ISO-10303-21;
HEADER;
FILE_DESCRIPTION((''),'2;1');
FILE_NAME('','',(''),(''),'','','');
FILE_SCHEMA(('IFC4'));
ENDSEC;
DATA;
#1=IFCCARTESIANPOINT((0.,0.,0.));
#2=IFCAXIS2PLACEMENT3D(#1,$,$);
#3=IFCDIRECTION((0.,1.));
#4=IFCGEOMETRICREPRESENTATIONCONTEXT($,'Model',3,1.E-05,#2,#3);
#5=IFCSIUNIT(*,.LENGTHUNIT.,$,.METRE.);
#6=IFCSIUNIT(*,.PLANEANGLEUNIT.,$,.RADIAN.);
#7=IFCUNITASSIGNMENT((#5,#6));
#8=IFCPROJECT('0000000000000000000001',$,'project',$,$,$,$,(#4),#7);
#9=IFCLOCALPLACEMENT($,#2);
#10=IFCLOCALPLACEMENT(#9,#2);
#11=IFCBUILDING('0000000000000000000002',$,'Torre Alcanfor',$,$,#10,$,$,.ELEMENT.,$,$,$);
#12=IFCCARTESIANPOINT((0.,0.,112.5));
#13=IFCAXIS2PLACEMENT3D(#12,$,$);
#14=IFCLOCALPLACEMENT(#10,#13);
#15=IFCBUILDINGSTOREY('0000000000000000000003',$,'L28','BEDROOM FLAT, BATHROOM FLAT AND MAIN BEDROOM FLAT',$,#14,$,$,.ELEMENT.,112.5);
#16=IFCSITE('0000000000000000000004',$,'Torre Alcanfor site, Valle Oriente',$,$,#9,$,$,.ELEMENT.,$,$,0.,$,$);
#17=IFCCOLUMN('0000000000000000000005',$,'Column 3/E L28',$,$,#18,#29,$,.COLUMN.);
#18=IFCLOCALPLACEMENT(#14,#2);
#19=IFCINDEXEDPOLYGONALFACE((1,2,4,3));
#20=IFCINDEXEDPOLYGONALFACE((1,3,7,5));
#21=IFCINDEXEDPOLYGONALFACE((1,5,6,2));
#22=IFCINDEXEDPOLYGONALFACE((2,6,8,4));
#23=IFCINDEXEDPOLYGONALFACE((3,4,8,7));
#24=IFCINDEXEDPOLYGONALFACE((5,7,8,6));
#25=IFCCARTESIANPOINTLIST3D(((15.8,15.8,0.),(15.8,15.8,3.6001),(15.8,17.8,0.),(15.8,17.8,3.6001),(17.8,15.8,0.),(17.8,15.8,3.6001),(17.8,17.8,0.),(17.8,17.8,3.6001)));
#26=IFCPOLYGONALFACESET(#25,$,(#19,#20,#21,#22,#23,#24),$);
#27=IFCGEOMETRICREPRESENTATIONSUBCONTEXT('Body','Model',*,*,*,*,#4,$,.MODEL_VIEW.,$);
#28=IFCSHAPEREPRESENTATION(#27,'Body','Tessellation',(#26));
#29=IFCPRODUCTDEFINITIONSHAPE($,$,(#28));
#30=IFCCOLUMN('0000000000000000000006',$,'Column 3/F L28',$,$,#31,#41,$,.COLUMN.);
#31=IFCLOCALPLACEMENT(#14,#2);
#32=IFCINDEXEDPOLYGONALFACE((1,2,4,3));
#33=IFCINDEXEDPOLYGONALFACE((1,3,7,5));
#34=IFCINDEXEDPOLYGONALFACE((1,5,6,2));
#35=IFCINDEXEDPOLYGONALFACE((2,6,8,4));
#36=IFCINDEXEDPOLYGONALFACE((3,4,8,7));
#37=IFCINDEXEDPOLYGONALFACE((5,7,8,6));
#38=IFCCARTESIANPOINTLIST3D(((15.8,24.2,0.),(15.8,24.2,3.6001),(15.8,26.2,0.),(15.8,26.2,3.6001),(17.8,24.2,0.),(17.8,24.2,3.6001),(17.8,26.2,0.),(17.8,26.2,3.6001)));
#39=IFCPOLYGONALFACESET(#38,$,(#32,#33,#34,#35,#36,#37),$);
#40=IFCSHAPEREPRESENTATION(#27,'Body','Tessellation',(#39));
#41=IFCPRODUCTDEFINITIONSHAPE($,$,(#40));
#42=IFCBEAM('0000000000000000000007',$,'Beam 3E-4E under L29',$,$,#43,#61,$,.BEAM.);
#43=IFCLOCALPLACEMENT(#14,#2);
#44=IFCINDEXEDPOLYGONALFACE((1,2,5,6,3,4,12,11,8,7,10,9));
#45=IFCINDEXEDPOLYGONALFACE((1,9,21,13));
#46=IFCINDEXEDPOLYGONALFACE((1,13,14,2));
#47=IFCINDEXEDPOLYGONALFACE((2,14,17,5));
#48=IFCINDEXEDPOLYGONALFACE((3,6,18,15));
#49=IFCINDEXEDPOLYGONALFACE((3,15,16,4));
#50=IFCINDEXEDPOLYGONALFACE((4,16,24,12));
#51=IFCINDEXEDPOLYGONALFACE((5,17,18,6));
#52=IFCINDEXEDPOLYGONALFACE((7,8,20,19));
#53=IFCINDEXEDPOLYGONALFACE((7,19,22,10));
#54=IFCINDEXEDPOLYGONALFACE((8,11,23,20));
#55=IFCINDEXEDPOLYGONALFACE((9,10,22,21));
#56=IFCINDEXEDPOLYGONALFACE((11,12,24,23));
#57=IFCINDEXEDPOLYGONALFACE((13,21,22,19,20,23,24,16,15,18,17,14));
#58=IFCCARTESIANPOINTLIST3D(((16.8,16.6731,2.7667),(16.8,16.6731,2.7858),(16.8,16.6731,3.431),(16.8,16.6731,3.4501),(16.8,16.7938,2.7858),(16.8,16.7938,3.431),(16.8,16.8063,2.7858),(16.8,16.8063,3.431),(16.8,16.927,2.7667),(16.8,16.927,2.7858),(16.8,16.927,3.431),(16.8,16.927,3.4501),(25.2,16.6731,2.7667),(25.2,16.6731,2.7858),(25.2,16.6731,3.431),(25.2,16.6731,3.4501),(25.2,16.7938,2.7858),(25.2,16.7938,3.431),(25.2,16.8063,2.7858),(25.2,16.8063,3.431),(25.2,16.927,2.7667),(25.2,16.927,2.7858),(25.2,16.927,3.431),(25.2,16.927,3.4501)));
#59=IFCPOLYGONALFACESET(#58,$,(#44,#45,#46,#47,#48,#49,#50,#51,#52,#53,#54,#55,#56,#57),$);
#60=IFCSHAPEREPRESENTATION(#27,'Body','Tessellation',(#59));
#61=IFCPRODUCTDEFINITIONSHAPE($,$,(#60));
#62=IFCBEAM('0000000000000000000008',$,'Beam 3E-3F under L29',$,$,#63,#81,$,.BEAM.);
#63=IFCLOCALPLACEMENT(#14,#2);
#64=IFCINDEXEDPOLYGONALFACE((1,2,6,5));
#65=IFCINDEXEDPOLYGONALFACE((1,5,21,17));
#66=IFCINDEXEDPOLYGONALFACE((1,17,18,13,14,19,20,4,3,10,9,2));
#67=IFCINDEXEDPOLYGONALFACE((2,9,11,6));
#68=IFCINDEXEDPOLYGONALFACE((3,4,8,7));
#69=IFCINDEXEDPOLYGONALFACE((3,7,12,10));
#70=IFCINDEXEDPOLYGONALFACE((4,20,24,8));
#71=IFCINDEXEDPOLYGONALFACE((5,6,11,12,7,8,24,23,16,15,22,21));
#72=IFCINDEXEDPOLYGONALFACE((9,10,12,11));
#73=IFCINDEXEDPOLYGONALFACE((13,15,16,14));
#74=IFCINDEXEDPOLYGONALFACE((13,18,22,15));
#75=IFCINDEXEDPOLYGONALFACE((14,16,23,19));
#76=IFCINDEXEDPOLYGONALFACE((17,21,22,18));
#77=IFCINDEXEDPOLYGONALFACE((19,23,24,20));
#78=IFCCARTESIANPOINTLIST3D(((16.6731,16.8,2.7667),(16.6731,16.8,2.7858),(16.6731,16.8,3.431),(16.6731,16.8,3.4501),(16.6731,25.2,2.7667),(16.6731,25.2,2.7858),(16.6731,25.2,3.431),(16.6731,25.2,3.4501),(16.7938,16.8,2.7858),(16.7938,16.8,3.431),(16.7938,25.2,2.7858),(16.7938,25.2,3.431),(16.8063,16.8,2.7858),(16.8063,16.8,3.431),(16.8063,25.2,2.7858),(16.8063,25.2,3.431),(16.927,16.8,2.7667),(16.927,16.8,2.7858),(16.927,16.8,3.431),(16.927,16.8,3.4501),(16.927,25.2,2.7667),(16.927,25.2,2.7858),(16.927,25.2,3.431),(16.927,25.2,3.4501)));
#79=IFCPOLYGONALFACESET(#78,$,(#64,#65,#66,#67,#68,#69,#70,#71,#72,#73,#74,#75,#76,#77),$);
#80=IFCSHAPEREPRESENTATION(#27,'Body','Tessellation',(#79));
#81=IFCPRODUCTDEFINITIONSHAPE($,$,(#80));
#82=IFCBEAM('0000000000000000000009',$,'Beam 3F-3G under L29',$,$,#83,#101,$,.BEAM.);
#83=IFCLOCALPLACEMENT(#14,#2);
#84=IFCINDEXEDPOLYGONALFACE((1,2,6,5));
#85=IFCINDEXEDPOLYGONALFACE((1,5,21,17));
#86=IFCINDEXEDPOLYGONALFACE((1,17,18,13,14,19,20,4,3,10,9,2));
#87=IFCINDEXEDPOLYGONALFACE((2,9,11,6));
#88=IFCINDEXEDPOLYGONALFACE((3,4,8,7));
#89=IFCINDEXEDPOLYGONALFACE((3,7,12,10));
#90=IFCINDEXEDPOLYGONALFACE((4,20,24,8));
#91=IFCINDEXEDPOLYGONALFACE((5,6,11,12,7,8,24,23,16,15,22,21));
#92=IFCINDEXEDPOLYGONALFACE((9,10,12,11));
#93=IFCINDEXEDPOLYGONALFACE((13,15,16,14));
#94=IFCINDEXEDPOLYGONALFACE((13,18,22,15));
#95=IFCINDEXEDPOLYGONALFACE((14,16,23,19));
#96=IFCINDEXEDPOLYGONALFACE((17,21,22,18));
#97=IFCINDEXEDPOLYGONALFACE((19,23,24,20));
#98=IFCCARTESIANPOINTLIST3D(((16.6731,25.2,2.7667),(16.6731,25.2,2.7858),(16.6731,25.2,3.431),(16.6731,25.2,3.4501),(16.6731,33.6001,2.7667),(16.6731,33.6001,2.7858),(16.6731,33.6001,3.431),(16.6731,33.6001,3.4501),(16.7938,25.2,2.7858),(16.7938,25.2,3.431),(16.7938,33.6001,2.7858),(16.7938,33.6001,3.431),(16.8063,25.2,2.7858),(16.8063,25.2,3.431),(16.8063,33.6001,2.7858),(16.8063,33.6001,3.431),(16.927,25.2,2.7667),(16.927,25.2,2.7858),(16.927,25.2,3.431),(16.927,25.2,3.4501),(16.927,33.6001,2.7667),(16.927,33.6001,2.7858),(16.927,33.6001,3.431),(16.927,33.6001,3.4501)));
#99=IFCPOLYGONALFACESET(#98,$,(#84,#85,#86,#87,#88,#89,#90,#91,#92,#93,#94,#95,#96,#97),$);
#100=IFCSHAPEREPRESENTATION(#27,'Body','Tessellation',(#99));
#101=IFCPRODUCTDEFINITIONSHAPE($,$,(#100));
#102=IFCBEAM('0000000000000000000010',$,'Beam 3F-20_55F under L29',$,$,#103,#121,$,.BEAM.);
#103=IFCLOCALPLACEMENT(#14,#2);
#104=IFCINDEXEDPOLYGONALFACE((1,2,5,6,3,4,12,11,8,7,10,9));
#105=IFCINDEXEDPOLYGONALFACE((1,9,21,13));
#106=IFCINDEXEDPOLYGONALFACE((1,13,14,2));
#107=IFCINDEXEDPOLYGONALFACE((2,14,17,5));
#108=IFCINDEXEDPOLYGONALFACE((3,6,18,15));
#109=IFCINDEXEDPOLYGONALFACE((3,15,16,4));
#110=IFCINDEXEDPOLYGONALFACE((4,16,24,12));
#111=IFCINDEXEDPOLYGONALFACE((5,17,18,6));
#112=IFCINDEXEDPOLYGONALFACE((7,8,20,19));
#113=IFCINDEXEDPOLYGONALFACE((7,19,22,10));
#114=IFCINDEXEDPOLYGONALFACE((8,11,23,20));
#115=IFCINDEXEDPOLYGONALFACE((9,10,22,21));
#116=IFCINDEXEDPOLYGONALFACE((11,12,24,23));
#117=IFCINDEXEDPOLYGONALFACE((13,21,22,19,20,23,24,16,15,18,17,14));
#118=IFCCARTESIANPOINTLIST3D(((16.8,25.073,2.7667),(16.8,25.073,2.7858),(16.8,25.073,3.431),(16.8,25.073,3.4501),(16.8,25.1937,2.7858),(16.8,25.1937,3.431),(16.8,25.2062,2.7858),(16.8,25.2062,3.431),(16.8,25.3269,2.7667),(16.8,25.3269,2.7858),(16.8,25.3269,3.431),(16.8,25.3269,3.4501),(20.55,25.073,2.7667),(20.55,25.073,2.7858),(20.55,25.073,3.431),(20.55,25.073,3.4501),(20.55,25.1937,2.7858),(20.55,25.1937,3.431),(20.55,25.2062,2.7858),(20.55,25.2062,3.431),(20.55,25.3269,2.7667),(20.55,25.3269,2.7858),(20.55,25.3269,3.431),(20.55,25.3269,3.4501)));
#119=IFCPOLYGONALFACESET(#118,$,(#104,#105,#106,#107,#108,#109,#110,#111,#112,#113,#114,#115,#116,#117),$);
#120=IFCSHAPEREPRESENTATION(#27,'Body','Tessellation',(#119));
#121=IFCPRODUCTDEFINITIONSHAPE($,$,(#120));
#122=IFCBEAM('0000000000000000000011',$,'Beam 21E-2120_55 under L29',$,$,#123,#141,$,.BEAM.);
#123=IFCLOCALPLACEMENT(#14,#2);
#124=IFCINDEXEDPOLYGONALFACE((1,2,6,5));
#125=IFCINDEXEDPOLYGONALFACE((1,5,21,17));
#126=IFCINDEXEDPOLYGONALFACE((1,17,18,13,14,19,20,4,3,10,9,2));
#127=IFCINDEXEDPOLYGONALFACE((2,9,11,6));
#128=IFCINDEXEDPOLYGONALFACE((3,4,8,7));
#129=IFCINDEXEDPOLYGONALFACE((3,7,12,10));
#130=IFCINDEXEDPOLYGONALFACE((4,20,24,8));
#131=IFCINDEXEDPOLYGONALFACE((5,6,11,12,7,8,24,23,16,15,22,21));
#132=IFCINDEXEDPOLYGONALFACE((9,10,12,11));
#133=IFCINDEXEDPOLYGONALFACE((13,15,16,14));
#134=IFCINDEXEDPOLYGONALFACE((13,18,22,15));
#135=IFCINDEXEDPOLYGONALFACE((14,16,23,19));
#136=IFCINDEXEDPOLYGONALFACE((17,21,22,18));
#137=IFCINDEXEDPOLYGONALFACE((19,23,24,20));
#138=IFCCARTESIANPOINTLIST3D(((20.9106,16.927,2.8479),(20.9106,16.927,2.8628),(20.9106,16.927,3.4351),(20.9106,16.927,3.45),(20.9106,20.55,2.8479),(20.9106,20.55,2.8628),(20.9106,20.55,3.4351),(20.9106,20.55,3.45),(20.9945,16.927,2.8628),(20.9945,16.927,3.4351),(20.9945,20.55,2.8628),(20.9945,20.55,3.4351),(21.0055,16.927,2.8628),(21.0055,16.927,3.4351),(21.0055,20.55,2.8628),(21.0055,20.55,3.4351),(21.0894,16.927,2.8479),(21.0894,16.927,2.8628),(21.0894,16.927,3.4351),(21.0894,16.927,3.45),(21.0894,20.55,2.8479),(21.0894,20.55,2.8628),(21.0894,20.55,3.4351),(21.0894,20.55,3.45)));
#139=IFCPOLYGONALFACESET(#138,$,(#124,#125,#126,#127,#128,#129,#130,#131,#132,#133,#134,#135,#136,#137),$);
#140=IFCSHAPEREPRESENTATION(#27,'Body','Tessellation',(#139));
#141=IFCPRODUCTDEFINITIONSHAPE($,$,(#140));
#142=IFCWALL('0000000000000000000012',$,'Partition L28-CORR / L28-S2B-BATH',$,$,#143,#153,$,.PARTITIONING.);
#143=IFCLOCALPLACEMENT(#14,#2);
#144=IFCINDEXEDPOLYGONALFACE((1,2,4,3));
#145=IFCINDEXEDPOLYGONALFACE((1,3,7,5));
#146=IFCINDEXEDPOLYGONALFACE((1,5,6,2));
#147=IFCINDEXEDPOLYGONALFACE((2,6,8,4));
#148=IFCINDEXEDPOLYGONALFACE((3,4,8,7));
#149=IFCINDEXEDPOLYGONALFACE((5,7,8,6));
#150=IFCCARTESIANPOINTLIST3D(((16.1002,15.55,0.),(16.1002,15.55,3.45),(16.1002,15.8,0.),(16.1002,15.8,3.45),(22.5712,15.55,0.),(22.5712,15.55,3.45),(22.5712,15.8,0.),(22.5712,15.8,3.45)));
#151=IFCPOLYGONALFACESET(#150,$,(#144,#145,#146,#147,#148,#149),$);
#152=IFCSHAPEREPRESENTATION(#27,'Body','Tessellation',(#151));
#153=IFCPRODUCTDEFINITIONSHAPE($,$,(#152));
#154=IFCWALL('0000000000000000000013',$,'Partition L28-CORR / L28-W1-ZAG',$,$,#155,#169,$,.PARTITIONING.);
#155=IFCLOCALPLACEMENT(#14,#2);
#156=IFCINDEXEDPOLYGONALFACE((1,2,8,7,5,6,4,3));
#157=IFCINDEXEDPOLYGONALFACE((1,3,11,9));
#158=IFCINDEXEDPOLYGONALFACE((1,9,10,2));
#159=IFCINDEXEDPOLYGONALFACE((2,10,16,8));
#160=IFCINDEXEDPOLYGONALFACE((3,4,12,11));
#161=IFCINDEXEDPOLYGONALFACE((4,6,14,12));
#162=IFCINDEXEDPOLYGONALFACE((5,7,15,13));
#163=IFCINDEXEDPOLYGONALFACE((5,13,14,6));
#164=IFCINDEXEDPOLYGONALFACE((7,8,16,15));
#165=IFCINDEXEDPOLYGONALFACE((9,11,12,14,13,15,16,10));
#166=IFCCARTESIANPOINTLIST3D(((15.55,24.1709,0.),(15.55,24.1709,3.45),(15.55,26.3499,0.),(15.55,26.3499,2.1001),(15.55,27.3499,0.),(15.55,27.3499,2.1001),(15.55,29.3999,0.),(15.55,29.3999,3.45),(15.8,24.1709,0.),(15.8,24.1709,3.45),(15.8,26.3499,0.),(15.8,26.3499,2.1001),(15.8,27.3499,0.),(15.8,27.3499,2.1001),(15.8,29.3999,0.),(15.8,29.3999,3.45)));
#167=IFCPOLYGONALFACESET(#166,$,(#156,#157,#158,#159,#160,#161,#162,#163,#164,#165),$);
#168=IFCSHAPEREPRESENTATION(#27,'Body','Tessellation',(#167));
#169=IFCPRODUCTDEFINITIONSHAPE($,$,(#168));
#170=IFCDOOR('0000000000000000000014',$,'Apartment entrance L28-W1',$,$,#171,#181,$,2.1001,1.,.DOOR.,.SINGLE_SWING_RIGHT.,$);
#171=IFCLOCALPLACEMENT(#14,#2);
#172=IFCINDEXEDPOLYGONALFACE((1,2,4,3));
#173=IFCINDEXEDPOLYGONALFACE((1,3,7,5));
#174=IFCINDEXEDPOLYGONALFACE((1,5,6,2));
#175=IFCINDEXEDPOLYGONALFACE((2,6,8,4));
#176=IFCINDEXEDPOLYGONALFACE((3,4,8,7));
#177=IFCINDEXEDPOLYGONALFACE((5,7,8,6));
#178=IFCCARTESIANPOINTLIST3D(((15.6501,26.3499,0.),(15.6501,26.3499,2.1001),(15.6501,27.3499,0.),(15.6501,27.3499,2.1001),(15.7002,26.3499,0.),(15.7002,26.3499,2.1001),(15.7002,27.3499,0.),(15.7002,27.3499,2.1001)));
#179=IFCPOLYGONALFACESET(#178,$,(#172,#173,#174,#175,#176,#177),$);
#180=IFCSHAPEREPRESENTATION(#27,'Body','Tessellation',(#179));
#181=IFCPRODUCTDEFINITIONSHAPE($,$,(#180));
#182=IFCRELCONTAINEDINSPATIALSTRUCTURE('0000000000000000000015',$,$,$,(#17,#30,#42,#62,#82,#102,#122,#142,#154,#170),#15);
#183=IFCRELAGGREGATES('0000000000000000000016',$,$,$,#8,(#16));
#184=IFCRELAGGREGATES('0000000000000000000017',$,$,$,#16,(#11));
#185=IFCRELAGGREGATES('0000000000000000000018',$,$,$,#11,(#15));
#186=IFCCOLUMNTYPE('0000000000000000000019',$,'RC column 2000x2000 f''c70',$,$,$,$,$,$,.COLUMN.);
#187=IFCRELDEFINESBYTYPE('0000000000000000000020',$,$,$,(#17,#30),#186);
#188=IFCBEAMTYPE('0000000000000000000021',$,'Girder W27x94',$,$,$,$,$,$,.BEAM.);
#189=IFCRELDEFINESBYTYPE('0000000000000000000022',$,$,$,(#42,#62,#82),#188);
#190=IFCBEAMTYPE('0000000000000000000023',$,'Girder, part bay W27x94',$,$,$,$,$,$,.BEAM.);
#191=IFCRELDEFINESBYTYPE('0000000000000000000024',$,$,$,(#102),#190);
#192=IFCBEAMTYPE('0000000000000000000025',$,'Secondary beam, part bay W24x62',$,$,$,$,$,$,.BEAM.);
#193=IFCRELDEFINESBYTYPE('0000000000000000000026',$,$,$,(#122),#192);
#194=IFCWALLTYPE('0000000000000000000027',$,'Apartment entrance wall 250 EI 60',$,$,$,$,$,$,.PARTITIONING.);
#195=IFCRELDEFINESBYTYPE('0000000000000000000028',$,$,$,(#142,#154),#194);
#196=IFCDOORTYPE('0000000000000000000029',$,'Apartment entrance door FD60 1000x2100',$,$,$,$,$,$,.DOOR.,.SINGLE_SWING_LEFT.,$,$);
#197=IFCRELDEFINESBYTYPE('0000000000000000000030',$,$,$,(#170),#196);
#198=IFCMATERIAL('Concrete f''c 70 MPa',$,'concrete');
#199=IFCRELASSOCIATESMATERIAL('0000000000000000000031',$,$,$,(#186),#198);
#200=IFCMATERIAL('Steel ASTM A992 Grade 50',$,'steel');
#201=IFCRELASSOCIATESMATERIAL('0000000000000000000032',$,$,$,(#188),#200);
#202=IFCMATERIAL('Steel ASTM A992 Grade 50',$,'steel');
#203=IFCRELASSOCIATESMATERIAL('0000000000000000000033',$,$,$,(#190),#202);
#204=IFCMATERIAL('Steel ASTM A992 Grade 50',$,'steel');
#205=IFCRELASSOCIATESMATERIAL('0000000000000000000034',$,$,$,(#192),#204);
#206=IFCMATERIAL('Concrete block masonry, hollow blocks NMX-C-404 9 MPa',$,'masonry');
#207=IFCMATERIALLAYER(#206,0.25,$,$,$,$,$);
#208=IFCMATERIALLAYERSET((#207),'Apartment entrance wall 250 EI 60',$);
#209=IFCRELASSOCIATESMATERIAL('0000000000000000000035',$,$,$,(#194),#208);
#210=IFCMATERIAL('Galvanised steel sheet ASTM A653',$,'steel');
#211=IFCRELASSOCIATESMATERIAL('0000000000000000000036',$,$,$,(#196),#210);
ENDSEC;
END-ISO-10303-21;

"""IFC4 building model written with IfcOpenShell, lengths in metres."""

from ifc_helpers import new_model, si_unit, direction, frame, frame_2d, origin, origin_2d, place, context, subcontext, project, spatial, rectangle, i_section, extrude, material, layer, layer_set, material_profile, profile_set, type_object, element, fill, save


model = new_model("IFC4")

# Units and contexts
model_context = context("Model", 3, precision=1e-05, world=origin(), true_north=direction((0.0, 1.0)))
body_context = subcontext(model_context, "Body", "Model", "MODEL_VIEW")
ifc_project = project(units=[si_unit("LENGTHUNIT", "METRE"), si_unit("PLANEANGLEUNIT", "RADIAN")], contexts=[model_context])

# Site, building, storey
site_placement = place(None, origin())
site = spatial("IfcSite", under=ifc_project, at=site_placement, Name="Torre Alcanfor site, Valle Oriente", CompositionType="ELEMENT", RefElevation=0.0)
building_placement = place(site_placement, origin())
building = spatial("IfcBuilding", under=site, at=building_placement, Name="Torre Alcanfor", CompositionType="ELEMENT")
storey_placement = place(building_placement, frame((0.0, 0.0, 112.5)))
storey = spatial("IfcBuildingStorey", under=building, at=storey_placement, Name="L28", Description="BEDROOM FLAT, BATHROOM FLAT AND MAIN BEDROOM FLAT", CompositionType="ELEMENT", Elevation=112.5)

# Columns
ifc_material_1 = material(Name="Concrete f'c 70 MPa", Category="concrete")
ifc_material_profile_1 = material_profile(ifc_material_1, rectangle(XDim=2.0, YDim=2.0, at=origin_2d()), Name="2000x2000")
ifc_profile_set_1 = profile_set([ifc_material_profile_1], Name="Concrete f'c 70 MPa")
column_type = type_object("IfcColumnType", Name="RC column 2000x2000 f'c70", PredefinedType="COLUMN", material=ifc_profile_set_1)
for number, where, z_axis, x_axis, name in (
    (1, (16.8, 16.8, 0.0), (0.0, 0.0, 1.0), (1.0, 0.0, 0.0), "Column 3/E L28"),
    (2, (16.8, 25.2, 0.0), (0.0, 0.0, 1.0), (1.0, 0.0, 0.0), "Column 3/F L28"),
):
    element("IfcColumn", number, at=place(storey_placement, frame(where, z_axis=z_axis, x_axis=x_axis)), inside=storey, type_object=column_type, Name=name, PredefinedType="COLUMN", context=body_context, shape_type="SweptSolid", body=[
        extrude(rectangle(XDim=2.0, YDim=2.0, at=origin_2d()), origin(), (0.0, 0.0, 1.0), 3.6001),
    ])

# Beams
ifc_material_2 = material(Name="Steel ASTM A992 Grade 50", Category="steel")
ifc_material_profile_2 = material_profile(ifc_material_2, i_section(OverallWidth=0.2539, OverallDepth=0.6833, WebThickness=0.0125, FlangeThickness=0.019, at=origin_2d()), Name="W27x94")
ifc_profile_set_2 = profile_set([ifc_material_profile_2], Name="Steel ASTM A992 Grade 50")
beam_type_1 = type_object("IfcBeamType", Name="Girder W27x94", PredefinedType="BEAM", material=ifc_profile_set_2)
for number, where, z_axis, x_axis, name in (
    (3, (16.8, 16.8, 3.1084), (1.0, 0.0, 0.0), (0.0, 1.0, 0.0), "Beam 3E-4E under L29"),
    (4, (16.8, 16.8, 3.1084), (0.0, 1.0, 0.0), (-1.0, 0.0, 0.0), "Beam 3E-3F under L29"),
):
    element("IfcBeam", number, at=place(storey_placement, frame(where, z_axis=z_axis, x_axis=x_axis)), inside=storey, type_object=beam_type_1, Name=name, PredefinedType="BEAM", context=body_context, shape_type="SweptSolid", body=[
        extrude(i_section(OverallWidth=0.2539, OverallDepth=0.6833, WebThickness=0.0125, FlangeThickness=0.019, at=origin_2d()), origin(), (0.0, 0.0, 1.0), 8.3999),
    ])
beam_1_placement = place(storey_placement, frame((16.8, 25.2, 3.1084), z_axis=(0.0, 1.0, 0.0), x_axis=(-1.0, 0.0, 0.0)))
element("IfcBeam", 5, at=beam_1_placement, inside=storey, type_object=beam_type_1, Name="Beam 3F-3G under L29", PredefinedType="BEAM", context=body_context, shape_type="SweptSolid", body=[
    extrude(i_section(OverallWidth=0.2539, OverallDepth=0.6833, WebThickness=0.0125, FlangeThickness=0.019, at=origin_2d()), origin(), (0.0, 0.0, 1.0), 8.4001),
])
ifc_material_3 = material(Name="Steel ASTM A992 Grade 50", Category="steel")
ifc_material_profile_3 = material_profile(ifc_material_3, i_section(OverallWidth=0.2539, OverallDepth=0.6833, WebThickness=0.0125, FlangeThickness=0.019, at=origin_2d()), Name="W27x94")
ifc_profile_set_3 = profile_set([ifc_material_profile_3], Name="Steel ASTM A992 Grade 50")
beam_type_2 = type_object("IfcBeamType", Name="Girder, part bay W27x94", PredefinedType="BEAM", material=ifc_profile_set_3)
beam_2_placement = place(storey_placement, frame((16.8, 25.2, 3.1084), z_axis=(1.0, 0.0, 0.0), x_axis=(0.0, 1.0, 0.0)))
element("IfcBeam", 6, at=beam_2_placement, inside=storey, type_object=beam_type_2, Name="Beam 3F-20_55F under L29", PredefinedType="BEAM", context=body_context, shape_type="SweptSolid", body=[
    extrude(i_section(OverallWidth=0.2539, OverallDepth=0.6833, WebThickness=0.0125, FlangeThickness=0.019, at=origin_2d()), origin(), (0.0, 0.0, 1.0), 3.75),
])
ifc_material_4 = material(Name="Steel ASTM A992 Grade 50", Category="steel")
ifc_material_profile_4 = material_profile(ifc_material_4, i_section(OverallWidth=0.1787, OverallDepth=0.6021, WebThickness=0.011, FlangeThickness=0.0149, at=origin_2d()), Name="W24x62")
ifc_profile_set_4 = profile_set([ifc_material_profile_4], Name="Steel ASTM A992 Grade 50")
beam_type_3 = type_object("IfcBeamType", Name="Secondary beam, part bay W24x62", PredefinedType="BEAM", material=ifc_profile_set_4)
beam_3_placement = place(storey_placement, frame((21.0, 16.927, 3.1489), z_axis=(0.0, 1.0, 0.0), x_axis=(-1.0, 0.0, 0.0)))
element("IfcBeam", 7, at=beam_3_placement, inside=storey, type_object=beam_type_3, Name="Beam 21E-2120_55 under L29", PredefinedType="BEAM", context=body_context, shape_type="SweptSolid", body=[
    extrude(i_section(OverallWidth=0.1787, OverallDepth=0.6021, WebThickness=0.011, FlangeThickness=0.0149, at=origin_2d()), origin(), (0.0, 0.0, 1.0), 3.623),
])

# Wall
ifc_material_5 = material(Name="Concrete block masonry, hollow blocks NMX-C-404 9 MPa", Category="masonry")
ifc_layer_1 = layer(ifc_material_5, 0.25)
ifc_layer_set_1 = layer_set([ifc_layer_1], Name="Apartment entrance wall 250 EI 60")
wall_type_1 = type_object("IfcWallType", Name="Apartment entrance wall 250 EI 60", PredefinedType="PARTITIONING", material=ifc_layer_set_1)
wall_1_placement = place(storey_placement, frame((22.571, 15.675, 0.0), z_axis=(0.0, 0.0, 1.0), x_axis=(-1.0, 0.0, 0.0)))
element("IfcWall", 8, at=wall_1_placement, inside=storey, type_object=wall_type_1, Name="Partition L28-CORR / L28-S2B-BATH", PredefinedType="PARTITIONING", context=body_context, shape_type="SweptSolid", body=[
    extrude(rectangle(XDim=6.4709, YDim=0.25, at=frame_2d((3.2354, 0.0))), origin(), (0.0, 0.0, 1.0), 3.45),
])

# Wall, opening, door
wall_2_placement = place(storey_placement, frame((15.675, 24.1709, 0.0), z_axis=(0.0, 0.0, 1.0), x_axis=(0.0, 1.0, 0.0)))
wall_2 = element("IfcWall", 9, at=wall_2_placement, inside=storey, type_object=wall_type_1, Name="Partition L28-CORR / L28-W1-ZAG", PredefinedType="PARTITIONING", context=body_context, shape_type="SweptSolid", body=[
    extrude(rectangle(XDim=5.229, YDim=0.25, at=frame_2d((2.6145, 0.0))), origin(), (0.0, 0.0, 1.0), 3.45),
])
opening_1_placement = place(wall_2_placement, frame((2.179, 0.0, 0.0)))
opening_1 = element("IfcOpeningElement", 10, at=opening_1_placement, cuts=wall_2, PredefinedType="OPENING", context=body_context, shape_type="SweptSolid", body=[
    extrude(rectangle(XDim=1.0, YDim=2.1001, at=frame_2d((0.5, 1.05))), frame((0.0, 0.135, 0.0), z_axis=(0.0, -1.0, 0.0), x_axis=(1.0, 0.0, 0.0)), (0.0, 0.0, 1.0), 0.27),
])
ifc_material_6 = material(Name="Galvanised steel sheet ASTM A653", Category="steel")
door_type = type_object("IfcDoorType", Name="Apartment entrance door FD60 1000x2100", OperationType="SINGLE_SWING_LEFT", PredefinedType="DOOR", material=ifc_material_6)
door_placement = place(opening_1_placement, origin())
door = element("IfcDoor", 11, at=door_placement, inside=storey, type_object=door_type, Name="Apartment entrance L28-W1", OperationType="SINGLE_SWING_RIGHT", OverallHeight=2.1001, OverallWidth=1.0, PredefinedType="DOOR", context=body_context, shape_type="SweptSolid", body=[
    extrude(rectangle(XDim=1.0, YDim=2.1001, at=frame_2d((0.5, 1.05))), frame((0.0, 0.0249, 0.0), z_axis=(0.0, -1.0, 0.0), x_axis=(1.0, 0.0, 0.0)), (0.0, 0.0, 1.0), 0.05),
])
fill(opening_1, door)

save(model, "model.ifc")
